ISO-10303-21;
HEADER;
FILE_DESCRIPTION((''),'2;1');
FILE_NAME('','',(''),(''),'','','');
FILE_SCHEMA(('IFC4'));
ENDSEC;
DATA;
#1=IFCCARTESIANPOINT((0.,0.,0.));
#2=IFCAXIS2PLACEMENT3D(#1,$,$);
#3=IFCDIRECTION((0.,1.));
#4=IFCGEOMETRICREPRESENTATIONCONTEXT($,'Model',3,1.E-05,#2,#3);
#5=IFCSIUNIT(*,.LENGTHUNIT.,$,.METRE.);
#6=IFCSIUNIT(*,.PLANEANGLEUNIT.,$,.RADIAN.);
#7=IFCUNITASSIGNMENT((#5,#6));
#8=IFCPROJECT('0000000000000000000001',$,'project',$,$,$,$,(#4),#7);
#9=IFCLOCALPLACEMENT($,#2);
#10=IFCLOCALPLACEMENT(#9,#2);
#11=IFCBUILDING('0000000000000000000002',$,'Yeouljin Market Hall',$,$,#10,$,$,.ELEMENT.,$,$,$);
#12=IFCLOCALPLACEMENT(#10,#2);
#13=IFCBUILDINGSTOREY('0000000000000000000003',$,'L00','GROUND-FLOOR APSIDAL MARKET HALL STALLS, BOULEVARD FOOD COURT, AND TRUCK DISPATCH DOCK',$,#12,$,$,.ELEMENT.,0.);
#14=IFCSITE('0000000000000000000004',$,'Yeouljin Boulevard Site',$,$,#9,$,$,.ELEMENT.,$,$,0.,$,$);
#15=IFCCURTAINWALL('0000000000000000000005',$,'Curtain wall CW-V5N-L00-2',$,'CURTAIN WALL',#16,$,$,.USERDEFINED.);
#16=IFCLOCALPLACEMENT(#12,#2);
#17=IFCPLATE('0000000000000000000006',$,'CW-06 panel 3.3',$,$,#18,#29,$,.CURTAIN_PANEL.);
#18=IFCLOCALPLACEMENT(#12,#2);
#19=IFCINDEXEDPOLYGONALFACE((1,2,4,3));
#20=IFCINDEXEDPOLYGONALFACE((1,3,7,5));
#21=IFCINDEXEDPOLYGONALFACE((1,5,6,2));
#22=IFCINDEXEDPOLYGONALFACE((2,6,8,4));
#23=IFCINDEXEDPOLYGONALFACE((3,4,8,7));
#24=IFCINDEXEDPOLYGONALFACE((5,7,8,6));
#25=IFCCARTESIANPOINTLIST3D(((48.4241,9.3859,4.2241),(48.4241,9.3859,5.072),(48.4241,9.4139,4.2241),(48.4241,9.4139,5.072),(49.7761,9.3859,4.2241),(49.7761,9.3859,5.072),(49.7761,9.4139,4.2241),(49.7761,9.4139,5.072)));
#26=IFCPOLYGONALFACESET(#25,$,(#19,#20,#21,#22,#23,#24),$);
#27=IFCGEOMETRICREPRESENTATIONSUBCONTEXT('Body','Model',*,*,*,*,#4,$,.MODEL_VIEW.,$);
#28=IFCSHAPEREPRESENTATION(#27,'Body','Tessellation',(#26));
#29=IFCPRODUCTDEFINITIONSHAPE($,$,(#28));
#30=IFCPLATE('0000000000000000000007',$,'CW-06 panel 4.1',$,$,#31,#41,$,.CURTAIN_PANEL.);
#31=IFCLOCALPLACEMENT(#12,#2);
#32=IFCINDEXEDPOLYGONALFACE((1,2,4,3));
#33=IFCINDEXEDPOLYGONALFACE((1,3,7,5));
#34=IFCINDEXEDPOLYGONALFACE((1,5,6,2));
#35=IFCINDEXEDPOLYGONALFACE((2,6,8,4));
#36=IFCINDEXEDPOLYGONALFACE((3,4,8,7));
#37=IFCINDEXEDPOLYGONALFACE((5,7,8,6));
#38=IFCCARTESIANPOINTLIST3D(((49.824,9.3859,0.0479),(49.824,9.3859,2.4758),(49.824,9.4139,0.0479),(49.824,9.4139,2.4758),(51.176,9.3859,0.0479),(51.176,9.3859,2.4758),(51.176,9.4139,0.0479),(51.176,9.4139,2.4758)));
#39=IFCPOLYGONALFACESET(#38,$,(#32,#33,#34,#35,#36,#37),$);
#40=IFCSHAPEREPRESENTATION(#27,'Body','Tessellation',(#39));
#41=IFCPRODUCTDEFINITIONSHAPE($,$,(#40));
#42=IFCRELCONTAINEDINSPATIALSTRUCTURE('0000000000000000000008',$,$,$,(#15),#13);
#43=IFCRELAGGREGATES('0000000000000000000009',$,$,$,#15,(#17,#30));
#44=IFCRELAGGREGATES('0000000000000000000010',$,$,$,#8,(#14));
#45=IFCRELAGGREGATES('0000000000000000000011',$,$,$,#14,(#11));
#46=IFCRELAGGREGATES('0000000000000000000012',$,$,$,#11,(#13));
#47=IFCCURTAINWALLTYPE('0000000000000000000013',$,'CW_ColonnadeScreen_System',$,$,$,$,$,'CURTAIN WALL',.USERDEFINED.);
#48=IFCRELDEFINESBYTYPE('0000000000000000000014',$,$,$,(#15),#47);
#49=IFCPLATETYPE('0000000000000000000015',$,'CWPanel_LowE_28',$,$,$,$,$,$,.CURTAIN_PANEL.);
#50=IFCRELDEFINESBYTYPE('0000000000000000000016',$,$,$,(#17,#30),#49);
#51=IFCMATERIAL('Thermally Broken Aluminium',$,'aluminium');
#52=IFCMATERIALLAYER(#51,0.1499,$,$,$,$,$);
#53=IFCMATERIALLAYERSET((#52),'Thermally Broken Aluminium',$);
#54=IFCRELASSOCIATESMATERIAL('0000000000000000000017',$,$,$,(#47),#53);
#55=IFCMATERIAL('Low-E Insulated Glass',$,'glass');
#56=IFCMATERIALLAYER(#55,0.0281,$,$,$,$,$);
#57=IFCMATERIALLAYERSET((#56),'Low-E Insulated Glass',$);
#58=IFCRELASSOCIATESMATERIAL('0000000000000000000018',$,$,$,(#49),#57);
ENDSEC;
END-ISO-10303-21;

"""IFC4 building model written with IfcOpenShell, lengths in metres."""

from ifc_helpers import new_model, si_unit, direction, frame, origin, origin_2d, place, context, subcontext, project, spatial, rectangle, extrude, material, layer, layer_set, type_object, element, aggregate, save


model = new_model("IFC4")

# Units and contexts
model_context = context("Model", 3, precision=1e-05, world=origin(), true_north=direction((0.0, 1.0)))
body_context = subcontext(model_context, "Body", "Model", "MODEL_VIEW")
ifc_project = project(units=[si_unit("LENGTHUNIT", "METRE"), si_unit("PLANEANGLEUNIT", "RADIAN")], contexts=[model_context])

# Site, building, storey
site_placement = place(None, origin())
site = spatial("IfcSite", under=ifc_project, at=site_placement, Name="Yeouljin Boulevard Site", CompositionType="ELEMENT", RefElevation=0.0)
building_placement = place(site_placement, origin())
building = spatial("IfcBuilding", under=site, at=building_placement, Name="Yeouljin Market Hall", CompositionType="ELEMENT")
storey_placement = place(building_placement, origin())
storey = spatial("IfcBuildingStorey", under=building, at=storey_placement, Name="L00", Description="GROUND-FLOOR APSIDAL MARKET HALL STALLS, BOULEVARD FOOD COURT, AND TRUCK DISPATCH DOCK", CompositionType="ELEMENT", Elevation=0.0)

# Shared definitions
ifc_material_1 = material(Name="Thermally Broken Aluminium", Category="aluminium")
ifc_layer_1 = layer(ifc_material_1, 0.1499)
ifc_layer_set_1 = layer_set([ifc_layer_1], Name="Thermally Broken Aluminium")
curtain_wall_type = type_object("IfcCurtainWallType", Name="CW_ColonnadeScreen_System", ElementType="CURTAIN WALL", PredefinedType="USERDEFINED", material=ifc_layer_set_1)

# Curtain wall
curtain_wall_1_placement = place(storey_placement, origin())
curtain_wall_1 = element("IfcCurtainWall", 1, at=curtain_wall_1_placement, inside=storey, type_object=curtain_wall_type, Name="Curtain wall CW-V5N-L00-2", ObjectType="CURTAIN WALL", PredefinedType="USERDEFINED")

# Plates
ifc_material_2 = material(Name="Low-E Insulated Glass", Category="glass")
ifc_layer_2 = layer(ifc_material_2, 0.0281)
ifc_layer_set_2 = layer_set([ifc_layer_2], Name="Low-E Insulated Glass")
plate_type = type_object("IfcPlateType", Name="CWPanel_LowE_28", PredefinedType="CURTAIN_PANEL", material=ifc_layer_set_2)
plate_1_placement = place(storey_placement, frame((49.1001, 9.3999, 4.2241), z_axis=(0.0, 0.0, 1.0), x_axis=(1.0, 0.0, 0.0)))
plate_1 = element("IfcPlate", 2, at=plate_1_placement, type_object=plate_type, Name="CW-06 panel 3.3", PredefinedType="CURTAIN_PANEL", context=body_context, shape_type="SweptSolid", body=[
    extrude(rectangle(XDim=1.3521, YDim=0.0281, at=origin_2d()), origin(), (0.0, 0.0, 1.0), 0.8479),
])
plate_2_placement = place(storey_placement, frame((50.5, 9.3999, 0.0479), z_axis=(0.0, 0.0, 1.0), x_axis=(1.0, 0.0, 0.0)))
plate_2 = element("IfcPlate", 3, at=plate_2_placement, type_object=plate_type, Name="CW-06 panel 4.1", PredefinedType="CURTAIN_PANEL", context=body_context, shape_type="SweptSolid", body=[
    extrude(rectangle(XDim=1.3521, YDim=0.0281, at=origin_2d()), origin(), (0.0, 0.0, 1.0), 2.428),
])
aggregate(curtain_wall_1, [plate_1, plate_2])

save(model, "model.ifc")
